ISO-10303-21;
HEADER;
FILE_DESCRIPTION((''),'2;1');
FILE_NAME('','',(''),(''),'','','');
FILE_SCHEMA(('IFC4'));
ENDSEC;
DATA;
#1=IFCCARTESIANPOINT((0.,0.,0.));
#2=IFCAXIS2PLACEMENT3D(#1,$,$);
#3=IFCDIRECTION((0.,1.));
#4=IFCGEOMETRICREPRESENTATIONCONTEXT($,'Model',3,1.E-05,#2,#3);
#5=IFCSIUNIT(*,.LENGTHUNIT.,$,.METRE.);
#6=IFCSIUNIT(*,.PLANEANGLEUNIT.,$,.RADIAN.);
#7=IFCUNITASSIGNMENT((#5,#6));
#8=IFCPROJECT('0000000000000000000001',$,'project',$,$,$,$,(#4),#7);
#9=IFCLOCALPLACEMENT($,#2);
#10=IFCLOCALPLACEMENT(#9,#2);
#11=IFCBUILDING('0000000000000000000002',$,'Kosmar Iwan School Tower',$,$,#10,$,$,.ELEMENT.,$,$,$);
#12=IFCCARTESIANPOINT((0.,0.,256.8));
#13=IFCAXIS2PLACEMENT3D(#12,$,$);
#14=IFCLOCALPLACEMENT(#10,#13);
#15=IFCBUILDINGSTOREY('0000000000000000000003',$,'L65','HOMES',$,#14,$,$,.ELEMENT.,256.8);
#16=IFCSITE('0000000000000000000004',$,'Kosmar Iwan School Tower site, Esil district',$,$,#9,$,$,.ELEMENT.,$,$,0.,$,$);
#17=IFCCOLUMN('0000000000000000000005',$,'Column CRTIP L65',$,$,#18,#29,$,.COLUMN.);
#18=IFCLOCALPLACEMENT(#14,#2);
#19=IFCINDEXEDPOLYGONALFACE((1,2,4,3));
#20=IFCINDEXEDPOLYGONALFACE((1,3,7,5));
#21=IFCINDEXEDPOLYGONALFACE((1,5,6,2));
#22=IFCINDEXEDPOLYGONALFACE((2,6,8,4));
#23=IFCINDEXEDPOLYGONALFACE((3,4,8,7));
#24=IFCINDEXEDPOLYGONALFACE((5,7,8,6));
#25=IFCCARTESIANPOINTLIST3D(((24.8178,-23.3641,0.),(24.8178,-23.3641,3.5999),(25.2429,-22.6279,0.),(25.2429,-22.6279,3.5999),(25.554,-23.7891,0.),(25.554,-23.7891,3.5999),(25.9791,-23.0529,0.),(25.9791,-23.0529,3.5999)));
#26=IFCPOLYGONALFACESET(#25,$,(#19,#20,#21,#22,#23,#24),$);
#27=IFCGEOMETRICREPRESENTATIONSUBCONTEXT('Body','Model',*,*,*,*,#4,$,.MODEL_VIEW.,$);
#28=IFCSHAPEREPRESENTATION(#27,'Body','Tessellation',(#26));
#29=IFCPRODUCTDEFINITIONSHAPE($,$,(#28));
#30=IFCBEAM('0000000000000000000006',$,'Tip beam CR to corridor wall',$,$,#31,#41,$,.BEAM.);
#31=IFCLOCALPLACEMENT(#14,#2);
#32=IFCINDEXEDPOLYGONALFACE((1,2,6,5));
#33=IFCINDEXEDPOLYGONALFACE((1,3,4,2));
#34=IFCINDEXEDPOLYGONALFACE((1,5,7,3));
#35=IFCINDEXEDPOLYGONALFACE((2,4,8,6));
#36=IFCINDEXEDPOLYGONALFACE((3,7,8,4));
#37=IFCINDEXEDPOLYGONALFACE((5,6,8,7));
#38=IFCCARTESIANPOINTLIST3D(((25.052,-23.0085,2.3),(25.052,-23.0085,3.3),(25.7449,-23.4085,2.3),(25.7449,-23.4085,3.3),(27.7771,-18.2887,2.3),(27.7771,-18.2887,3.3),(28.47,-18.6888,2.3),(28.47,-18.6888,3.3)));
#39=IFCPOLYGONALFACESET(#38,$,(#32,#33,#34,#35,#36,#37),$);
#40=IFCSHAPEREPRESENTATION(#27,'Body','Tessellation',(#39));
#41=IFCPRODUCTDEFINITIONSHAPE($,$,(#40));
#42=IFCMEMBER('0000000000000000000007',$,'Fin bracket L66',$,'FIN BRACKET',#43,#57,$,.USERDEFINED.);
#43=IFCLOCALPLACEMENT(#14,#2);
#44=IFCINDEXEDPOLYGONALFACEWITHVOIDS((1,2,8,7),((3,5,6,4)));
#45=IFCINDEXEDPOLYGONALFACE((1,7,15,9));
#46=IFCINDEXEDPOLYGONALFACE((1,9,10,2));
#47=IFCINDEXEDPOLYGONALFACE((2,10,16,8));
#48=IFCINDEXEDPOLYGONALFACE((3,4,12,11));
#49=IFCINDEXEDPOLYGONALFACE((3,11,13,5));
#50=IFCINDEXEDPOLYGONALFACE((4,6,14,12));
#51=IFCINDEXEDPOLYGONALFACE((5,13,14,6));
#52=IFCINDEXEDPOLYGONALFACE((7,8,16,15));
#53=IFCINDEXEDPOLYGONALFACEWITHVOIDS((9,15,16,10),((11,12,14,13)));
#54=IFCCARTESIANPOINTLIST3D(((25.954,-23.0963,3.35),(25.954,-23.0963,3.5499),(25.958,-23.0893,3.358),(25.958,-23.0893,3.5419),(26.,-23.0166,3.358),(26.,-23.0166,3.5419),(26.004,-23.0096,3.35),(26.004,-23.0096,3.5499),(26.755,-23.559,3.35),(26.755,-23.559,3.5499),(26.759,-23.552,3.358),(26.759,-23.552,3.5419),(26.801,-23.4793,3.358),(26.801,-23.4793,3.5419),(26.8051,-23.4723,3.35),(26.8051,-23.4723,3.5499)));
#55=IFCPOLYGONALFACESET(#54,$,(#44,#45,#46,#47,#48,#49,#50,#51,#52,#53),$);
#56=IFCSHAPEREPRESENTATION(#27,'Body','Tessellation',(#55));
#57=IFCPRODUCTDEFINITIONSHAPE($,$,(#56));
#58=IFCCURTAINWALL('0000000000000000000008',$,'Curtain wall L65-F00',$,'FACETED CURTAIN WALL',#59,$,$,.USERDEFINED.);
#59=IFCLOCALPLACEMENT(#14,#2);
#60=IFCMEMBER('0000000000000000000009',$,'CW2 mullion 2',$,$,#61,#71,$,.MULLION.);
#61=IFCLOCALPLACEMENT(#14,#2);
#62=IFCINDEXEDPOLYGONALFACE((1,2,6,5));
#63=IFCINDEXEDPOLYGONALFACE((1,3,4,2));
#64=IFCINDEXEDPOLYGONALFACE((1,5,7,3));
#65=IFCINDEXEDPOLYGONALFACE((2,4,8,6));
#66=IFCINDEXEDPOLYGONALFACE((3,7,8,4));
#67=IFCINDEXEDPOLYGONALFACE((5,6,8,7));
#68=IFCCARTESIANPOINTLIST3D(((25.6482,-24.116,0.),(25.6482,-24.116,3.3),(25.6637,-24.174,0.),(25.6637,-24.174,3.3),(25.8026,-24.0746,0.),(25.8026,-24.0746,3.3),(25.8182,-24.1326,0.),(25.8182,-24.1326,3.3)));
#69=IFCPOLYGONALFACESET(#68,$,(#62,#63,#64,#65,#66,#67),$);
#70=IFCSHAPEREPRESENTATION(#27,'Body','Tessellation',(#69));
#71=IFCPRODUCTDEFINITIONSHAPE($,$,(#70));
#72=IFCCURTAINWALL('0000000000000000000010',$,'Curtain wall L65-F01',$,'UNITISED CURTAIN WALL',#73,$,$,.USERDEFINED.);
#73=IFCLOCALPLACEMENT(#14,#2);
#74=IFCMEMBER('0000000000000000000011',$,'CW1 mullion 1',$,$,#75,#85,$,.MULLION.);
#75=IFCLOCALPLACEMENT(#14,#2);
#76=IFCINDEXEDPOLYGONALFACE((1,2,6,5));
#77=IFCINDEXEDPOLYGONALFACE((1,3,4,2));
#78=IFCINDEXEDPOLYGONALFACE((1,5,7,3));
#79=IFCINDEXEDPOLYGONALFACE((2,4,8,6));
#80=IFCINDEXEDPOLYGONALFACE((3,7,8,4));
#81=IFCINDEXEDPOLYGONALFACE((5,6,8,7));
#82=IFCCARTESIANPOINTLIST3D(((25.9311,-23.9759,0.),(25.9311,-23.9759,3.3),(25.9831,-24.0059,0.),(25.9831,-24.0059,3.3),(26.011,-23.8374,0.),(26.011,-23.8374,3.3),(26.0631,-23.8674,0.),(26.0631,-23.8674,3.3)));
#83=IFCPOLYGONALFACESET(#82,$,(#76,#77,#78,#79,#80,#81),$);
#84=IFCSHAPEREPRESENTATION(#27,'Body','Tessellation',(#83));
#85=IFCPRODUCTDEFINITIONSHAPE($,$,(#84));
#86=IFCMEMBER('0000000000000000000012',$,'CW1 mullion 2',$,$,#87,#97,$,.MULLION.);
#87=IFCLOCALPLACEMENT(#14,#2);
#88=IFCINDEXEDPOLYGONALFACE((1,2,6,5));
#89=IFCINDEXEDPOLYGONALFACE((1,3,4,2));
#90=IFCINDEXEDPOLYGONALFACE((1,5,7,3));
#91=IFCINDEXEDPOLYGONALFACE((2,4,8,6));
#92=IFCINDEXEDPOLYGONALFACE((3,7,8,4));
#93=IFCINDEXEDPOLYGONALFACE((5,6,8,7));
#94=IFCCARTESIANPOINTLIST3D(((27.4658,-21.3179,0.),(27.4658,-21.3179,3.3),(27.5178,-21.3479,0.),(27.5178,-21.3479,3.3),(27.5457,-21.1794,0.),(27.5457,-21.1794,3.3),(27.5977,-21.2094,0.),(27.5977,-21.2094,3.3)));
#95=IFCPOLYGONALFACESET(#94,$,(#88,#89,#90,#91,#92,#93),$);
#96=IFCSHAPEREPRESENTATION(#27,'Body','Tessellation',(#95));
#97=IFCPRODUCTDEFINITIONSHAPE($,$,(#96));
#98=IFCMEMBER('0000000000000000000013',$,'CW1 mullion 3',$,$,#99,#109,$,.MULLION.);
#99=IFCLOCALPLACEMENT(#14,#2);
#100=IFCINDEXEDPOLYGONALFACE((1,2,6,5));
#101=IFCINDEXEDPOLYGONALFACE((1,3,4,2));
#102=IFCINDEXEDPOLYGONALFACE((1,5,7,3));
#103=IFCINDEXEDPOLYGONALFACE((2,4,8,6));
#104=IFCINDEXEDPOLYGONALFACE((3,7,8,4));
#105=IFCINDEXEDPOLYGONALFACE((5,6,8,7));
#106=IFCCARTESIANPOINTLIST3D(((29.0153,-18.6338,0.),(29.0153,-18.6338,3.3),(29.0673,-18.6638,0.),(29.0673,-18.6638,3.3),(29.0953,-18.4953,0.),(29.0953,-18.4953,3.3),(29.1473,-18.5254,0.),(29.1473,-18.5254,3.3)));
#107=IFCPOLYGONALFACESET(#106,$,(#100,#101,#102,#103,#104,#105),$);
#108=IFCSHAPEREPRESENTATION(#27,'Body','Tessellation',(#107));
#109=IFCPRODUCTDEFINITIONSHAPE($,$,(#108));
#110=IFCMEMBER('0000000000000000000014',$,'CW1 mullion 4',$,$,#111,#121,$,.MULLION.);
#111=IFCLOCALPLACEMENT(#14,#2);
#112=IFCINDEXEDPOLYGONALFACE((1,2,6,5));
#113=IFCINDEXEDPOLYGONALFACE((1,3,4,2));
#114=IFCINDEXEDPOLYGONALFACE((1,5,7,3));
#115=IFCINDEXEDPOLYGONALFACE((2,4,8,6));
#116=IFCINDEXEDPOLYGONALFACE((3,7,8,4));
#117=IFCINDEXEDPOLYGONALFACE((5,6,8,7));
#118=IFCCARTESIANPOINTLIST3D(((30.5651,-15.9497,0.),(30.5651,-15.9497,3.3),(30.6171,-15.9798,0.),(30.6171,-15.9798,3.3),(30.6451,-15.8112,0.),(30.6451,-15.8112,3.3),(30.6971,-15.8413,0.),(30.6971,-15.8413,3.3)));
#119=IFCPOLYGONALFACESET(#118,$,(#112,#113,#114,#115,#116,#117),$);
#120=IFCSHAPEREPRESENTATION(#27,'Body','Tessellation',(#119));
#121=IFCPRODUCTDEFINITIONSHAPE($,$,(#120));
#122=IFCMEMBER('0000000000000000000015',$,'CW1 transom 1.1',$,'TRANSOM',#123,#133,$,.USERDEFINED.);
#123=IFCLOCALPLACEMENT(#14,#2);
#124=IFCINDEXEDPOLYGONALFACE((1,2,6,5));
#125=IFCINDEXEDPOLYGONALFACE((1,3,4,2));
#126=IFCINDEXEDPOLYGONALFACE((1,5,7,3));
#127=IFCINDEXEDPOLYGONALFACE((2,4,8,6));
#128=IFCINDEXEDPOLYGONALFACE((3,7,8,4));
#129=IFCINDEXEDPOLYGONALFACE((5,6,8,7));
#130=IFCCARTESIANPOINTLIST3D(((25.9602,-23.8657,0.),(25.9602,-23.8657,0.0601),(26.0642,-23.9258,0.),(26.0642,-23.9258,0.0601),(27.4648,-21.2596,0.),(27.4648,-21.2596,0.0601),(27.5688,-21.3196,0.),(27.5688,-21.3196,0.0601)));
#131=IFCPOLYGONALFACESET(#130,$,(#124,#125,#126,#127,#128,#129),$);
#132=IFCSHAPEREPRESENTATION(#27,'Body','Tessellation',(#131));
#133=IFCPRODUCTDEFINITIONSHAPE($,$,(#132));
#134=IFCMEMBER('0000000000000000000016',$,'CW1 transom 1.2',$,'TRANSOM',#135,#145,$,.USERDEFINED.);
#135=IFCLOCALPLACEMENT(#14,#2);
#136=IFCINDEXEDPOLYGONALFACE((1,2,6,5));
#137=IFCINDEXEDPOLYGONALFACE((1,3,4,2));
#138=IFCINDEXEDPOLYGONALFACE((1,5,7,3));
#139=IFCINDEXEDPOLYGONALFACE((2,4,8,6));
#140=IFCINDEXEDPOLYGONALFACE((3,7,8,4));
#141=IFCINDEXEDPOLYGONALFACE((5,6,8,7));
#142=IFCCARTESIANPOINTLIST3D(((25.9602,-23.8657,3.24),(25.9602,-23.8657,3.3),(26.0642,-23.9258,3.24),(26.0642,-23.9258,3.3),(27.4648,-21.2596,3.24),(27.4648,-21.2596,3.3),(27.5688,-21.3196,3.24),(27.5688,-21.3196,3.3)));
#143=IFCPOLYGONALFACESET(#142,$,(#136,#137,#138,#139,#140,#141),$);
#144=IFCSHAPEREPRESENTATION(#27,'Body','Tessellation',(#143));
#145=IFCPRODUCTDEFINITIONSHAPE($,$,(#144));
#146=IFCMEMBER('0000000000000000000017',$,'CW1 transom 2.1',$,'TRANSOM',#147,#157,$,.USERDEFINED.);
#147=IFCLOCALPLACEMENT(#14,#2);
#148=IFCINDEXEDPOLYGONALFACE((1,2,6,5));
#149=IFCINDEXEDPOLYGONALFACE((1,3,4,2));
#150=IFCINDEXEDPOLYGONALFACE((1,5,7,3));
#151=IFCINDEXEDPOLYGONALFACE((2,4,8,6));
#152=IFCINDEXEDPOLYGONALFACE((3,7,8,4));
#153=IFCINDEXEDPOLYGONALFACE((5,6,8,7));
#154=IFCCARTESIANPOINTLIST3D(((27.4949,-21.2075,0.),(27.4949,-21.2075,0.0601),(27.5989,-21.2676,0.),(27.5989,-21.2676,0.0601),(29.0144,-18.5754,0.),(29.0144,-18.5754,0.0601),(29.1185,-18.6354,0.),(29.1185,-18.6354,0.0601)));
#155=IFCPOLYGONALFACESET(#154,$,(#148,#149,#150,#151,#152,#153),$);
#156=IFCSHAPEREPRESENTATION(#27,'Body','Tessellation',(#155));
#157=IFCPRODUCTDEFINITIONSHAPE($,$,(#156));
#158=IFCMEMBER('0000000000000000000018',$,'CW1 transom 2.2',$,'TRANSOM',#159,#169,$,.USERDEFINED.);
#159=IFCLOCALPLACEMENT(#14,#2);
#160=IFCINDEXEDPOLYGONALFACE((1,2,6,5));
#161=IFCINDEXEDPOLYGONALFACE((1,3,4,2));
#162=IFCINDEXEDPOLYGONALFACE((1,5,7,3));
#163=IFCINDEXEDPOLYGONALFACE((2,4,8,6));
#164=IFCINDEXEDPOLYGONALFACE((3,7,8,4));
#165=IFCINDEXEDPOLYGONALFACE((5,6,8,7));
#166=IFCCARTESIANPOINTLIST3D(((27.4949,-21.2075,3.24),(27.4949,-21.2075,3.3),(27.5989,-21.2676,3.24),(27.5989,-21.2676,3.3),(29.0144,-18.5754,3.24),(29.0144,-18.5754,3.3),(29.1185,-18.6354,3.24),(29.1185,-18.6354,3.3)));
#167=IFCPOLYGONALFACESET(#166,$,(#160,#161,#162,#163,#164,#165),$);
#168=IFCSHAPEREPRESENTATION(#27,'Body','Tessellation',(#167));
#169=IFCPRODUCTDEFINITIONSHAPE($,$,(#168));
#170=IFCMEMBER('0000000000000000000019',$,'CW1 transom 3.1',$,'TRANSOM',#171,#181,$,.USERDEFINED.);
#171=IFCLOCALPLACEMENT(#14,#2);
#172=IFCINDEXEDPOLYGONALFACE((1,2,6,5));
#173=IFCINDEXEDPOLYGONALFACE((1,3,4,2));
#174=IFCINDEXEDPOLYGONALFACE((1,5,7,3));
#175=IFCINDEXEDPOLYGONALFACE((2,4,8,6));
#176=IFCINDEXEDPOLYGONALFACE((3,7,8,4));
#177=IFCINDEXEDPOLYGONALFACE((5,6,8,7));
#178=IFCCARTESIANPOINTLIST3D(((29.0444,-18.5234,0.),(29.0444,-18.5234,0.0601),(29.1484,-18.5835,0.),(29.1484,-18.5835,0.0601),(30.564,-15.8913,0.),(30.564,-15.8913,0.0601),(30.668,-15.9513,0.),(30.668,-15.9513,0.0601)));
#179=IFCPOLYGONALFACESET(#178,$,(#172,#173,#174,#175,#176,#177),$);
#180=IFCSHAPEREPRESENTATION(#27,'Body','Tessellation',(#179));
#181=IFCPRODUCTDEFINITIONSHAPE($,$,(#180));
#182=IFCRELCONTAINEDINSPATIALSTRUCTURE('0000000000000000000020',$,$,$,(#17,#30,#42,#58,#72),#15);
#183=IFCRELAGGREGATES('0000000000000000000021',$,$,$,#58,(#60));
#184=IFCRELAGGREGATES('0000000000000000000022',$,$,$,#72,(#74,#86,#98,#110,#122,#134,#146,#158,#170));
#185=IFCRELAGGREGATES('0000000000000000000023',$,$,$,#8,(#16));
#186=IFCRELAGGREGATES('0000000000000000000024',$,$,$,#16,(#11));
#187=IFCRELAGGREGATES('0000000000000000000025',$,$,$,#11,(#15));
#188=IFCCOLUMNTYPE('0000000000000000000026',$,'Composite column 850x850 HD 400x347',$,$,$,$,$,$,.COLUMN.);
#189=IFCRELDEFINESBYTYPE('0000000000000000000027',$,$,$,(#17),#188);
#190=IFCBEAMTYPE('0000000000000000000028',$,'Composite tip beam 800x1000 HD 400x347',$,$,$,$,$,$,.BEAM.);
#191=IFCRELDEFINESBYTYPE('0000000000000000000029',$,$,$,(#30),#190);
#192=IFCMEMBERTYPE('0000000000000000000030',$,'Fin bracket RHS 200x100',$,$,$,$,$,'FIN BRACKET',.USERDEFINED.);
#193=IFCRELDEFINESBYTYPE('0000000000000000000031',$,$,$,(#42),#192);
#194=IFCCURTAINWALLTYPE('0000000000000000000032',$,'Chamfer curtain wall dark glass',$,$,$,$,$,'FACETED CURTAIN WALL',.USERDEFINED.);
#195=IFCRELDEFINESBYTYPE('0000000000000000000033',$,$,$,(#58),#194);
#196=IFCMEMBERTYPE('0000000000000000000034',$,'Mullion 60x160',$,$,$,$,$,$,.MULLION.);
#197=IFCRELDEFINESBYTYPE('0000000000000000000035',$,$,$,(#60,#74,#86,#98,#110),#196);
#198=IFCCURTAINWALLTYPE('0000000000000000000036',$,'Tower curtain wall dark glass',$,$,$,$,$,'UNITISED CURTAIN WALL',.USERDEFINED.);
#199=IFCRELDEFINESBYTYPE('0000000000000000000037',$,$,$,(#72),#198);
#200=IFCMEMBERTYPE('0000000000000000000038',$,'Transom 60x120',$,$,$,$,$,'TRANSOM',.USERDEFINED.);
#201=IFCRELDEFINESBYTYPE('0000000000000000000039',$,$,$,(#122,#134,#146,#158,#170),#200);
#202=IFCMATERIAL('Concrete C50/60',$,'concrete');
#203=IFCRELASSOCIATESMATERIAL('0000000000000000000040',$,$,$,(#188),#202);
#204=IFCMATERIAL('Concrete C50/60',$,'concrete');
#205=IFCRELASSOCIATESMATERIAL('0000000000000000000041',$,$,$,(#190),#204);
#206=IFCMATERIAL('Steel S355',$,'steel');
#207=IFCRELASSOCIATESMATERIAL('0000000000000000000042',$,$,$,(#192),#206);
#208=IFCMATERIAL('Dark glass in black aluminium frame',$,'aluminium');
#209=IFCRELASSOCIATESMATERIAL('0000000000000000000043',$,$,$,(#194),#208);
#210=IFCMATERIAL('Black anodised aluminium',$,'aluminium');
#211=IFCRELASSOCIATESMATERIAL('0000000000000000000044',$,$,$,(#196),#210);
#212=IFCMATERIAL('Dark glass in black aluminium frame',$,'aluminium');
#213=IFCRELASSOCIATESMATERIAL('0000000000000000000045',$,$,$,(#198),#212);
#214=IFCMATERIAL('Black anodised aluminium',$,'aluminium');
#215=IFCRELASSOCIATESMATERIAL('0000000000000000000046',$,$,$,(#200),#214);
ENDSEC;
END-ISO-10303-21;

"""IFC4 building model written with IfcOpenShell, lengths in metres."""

from ifc_helpers import new_model, si_unit, direction, frame, origin, origin_2d, place, context, subcontext, project, spatial, rectangle, hollow_rectangle, extrude, material, material_profile, profile_set, type_object, element, aggregate, save


model = new_model("IFC4")

# Units and contexts
model_context = context("Model", 3, precision=1e-05, world=origin(), true_north=direction((0.0, 1.0)))
body_context = subcontext(model_context, "Body", "Model", "MODEL_VIEW")
ifc_project = project(units=[si_unit("LENGTHUNIT", "METRE"), si_unit("PLANEANGLEUNIT", "RADIAN")], contexts=[model_context])

# Site, building, storey
site_placement = place(None, origin())
site = spatial("IfcSite", under=ifc_project, at=site_placement, Name="Kosmar Iwan School Tower site, Esil district", CompositionType="ELEMENT", RefElevation=0.0)
building_placement = place(site_placement, origin())
building = spatial("IfcBuilding", under=site, at=building_placement, Name="Kosmar Iwan School Tower", CompositionType="ELEMENT")
storey_placement = place(building_placement, frame((0.0, 0.0, 256.8)))
storey = spatial("IfcBuildingStorey", under=building, at=storey_placement, Name="L65", Description="HOMES", CompositionType="ELEMENT", Elevation=256.8)

# Column
ifc_material_1 = material(Name="Concrete C50/60", Category="concrete")
ifc_material_profile_1 = material_profile(ifc_material_1, rectangle(XDim=0.8501, YDim=0.8501, at=origin_2d()), Name="RC 850x850 + HD 400x347")
ifc_profile_set_1 = profile_set([ifc_material_profile_1], Name="Concrete C50/60")
column_type = type_object("IfcColumnType", Name="Composite column 850x850 HD 400x347", PredefinedType="COLUMN", material=ifc_profile_set_1)
column_placement = place(storey_placement, frame((25.3984, -23.2085, 0.0), z_axis=(0.0, 0.0, 1.0), x_axis=(0.866025, -0.5, 0.0)))
element("IfcColumn", 1, at=column_placement, inside=storey, type_object=column_type, Name="Column CRTIP L65", PredefinedType="COLUMN", context=body_context, shape_type="SweptSolid", body=[
    extrude(rectangle(XDim=0.8501, YDim=0.8501, at=origin_2d()), origin(), (0.0, 0.0, 1.0), 3.5999),
])

# Beam
ifc_material_2 = material(Name="Concrete C50/60", Category="concrete")
ifc_material_profile_2 = material_profile(ifc_material_2, rectangle(XDim=0.8, YDim=1.0, at=origin_2d()), Name="RC 800x1000 + HD 400x347")
ifc_profile_set_2 = profile_set([ifc_material_profile_2], Name="Concrete C50/60")
beam_type = type_object("IfcBeamType", Name="Composite tip beam 800x1000 HD 400x347", PredefinedType="BEAM", material=ifc_profile_set_2)
beam_placement = place(storey_placement, frame((25.3984, -23.2085, 2.8), z_axis=(0.500022, 0.866013, 0.0), x_axis=(-0.866013, 0.500022, 0.0)))
element("IfcBeam", 2, at=beam_placement, inside=storey, type_object=beam_type, Name="Tip beam CR to corridor wall", PredefinedType="BEAM", context=body_context, shape_type="SweptSolid", body=[
    extrude(rectangle(XDim=0.8, YDim=1.0, at=origin_2d()), origin(), (0.0, 0.0, 1.0), 5.45),
])

# Member
ifc_material_3 = material(Name="Steel S355", Category="steel")
ifc_material_profile_3 = material_profile(ifc_material_3, hollow_rectangle(XDim=0.1001, YDim=0.2, WallThickness=0.0081, at=origin_2d()), Name="RHS 200x100x8")
ifc_profile_set_3 = profile_set([ifc_material_profile_3], Name="Steel S355")
member_type_1 = type_object("IfcMemberType", Name="Fin bracket RHS 200x100", ElementType="FIN BRACKET", PredefinedType="USERDEFINED", material=ifc_profile_set_3)
member_1_placement = place(storey_placement, frame((25.979, -23.053, 3.45), z_axis=(0.865944, -0.500141, 0.0), x_axis=(0.500141, 0.865944, 0.0)))
element("IfcMember", 3, at=member_1_placement, inside=storey, type_object=member_type_1, Name="Fin bracket L66", ObjectType="FIN BRACKET", PredefinedType="USERDEFINED", context=body_context, shape_type="SweptSolid", body=[
    extrude(hollow_rectangle(XDim=0.1001, YDim=0.2, WallThickness=0.0081, at=origin_2d()), origin(), (0.0, 0.0, 1.0), 0.925),
])

# Curtain wall, member
ifc_material_4 = material(Name="Dark glass in black aluminium frame", Category="aluminium")
curtain_wall_type_1 = type_object("IfcCurtainWallType", Name="Chamfer curtain wall dark glass", ElementType="FACETED CURTAIN WALL", PredefinedType="USERDEFINED", material=ifc_material_4)
curtain_wall_1_placement = place(storey_placement, origin())
curtain_wall_1 = element("IfcCurtainWall", 4, at=curtain_wall_1_placement, inside=storey, type_object=curtain_wall_type_1, Name="Curtain wall L65-F00", ObjectType="FACETED CURTAIN WALL", PredefinedType="USERDEFINED")
ifc_material_5 = material(Name="Black anodised aluminium", Category="aluminium")
ifc_material_profile_4 = material_profile(ifc_material_5, rectangle(XDim=0.0601, YDim=0.1599, at=origin_2d()), Name="MULLION 60x160")
ifc_profile_set_4 = profile_set([ifc_material_profile_4], Name="Black anodised aluminium")
member_type_2 = type_object("IfcMemberType", Name="Mullion 60x160", PredefinedType="MULLION", material=ifc_profile_set_4)
member_2_placement = place(storey_placement, frame((25.7332, -24.1243, 0.0), z_axis=(0.0, 0.0, 1.0), x_axis=(-0.258819, 0.965926, 0.0)))
member_2 = element("IfcMember", 5, at=member_2_placement, type_object=member_type_2, Name="CW2 mullion 2", PredefinedType="MULLION", context=body_context, shape_type="SweptSolid", body=[
    extrude(rectangle(XDim=0.0601, YDim=0.1599, at=origin_2d()), origin(), (0.0, 0.0, 1.0), 3.3),
])

# Curtain wall, members
ifc_material_6 = material(Name="Dark glass in black aluminium frame", Category="aluminium")
curtain_wall_type_2 = type_object("IfcCurtainWallType", Name="Tower curtain wall dark glass", ElementType="UNITISED CURTAIN WALL", PredefinedType="USERDEFINED", material=ifc_material_6)
curtain_wall_2_placement = place(storey_placement, origin())
curtain_wall_2 = element("IfcCurtainWall", 6, at=curtain_wall_2_placement, inside=storey, type_object=curtain_wall_type_2, Name="Curtain wall L65-F01", ObjectType="UNITISED CURTAIN WALL", PredefinedType="USERDEFINED")
member_3_placement = place(storey_placement, frame((25.9971, -23.9216, 0.0), z_axis=(0.0, 0.0, 1.0), x_axis=(-0.866025, 0.5, 0.0)))
member_3 = element("IfcMember", 7, at=member_3_placement, type_object=member_type_2, Name="CW1 mullion 1", PredefinedType="MULLION", context=body_context, shape_type="SweptSolid", body=[
    extrude(rectangle(XDim=0.0601, YDim=0.1599, at=origin_2d()), origin(), (0.0, 0.0, 1.0), 3.3),
])
member_4_placement = place(storey_placement, frame((27.5317, -21.2637, 0.0), z_axis=(0.0, 0.0, 1.0), x_axis=(-0.866025, 0.5, 0.0)))
member_4 = element("IfcMember", 8, at=member_4_placement, type_object=member_type_2, Name="CW1 mullion 2", PredefinedType="MULLION", context=body_context, shape_type="SweptSolid", body=[
    extrude(rectangle(XDim=0.0601, YDim=0.1599, at=origin_2d()), origin(), (0.0, 0.0, 1.0), 3.3),
])
member_5_placement = place(storey_placement, frame((29.0813, -18.5796, 0.0), z_axis=(0.0, 0.0, 1.0), x_axis=(-0.866025, 0.5, 0.0)))
member_5 = element("IfcMember", 9, at=member_5_placement, type_object=member_type_2, Name="CW1 mullion 3", PredefinedType="MULLION", context=body_context, shape_type="SweptSolid", body=[
    extrude(rectangle(XDim=0.0601, YDim=0.1599, at=origin_2d()), origin(), (0.0, 0.0, 1.0), 3.3),
])
member_6_placement = place(storey_placement, frame((30.6311, -15.8955, 0.0), z_axis=(0.0, 0.0, 1.0), x_axis=(-0.866025, 0.5, 0.0)))
member_6 = element("IfcMember", 10, at=member_6_placement, type_object=member_type_2, Name="CW1 mullion 4", PredefinedType="MULLION", context=body_context, shape_type="SweptSolid", body=[
    extrude(rectangle(XDim=0.0601, YDim=0.1599, at=origin_2d()), origin(), (0.0, 0.0, 1.0), 3.3),
])
ifc_material_7 = material(Name="Black anodised aluminium", Category="aluminium")
ifc_material_profile_5 = material_profile(ifc_material_7, rectangle(XDim=0.1201, YDim=0.0601, at=origin_2d()), Name="TRANSOM 60x120")
ifc_profile_set_5 = profile_set([ifc_material_profile_5], Name="Black anodised aluminium")
member_type_3 = type_object("IfcMemberType", Name="Transom 60x120", ElementType="TRANSOM", PredefinedType="USERDEFINED", material=ifc_profile_set_5)
member_7_placement = place(storey_placement, frame((26.0122, -23.8958, 0.03), z_axis=(0.499987, 0.866033, 0.0), x_axis=(-0.866033, 0.499987, 0.0)))
member_7 = element("IfcMember", 11, at=member_7_placement, type_object=member_type_3, Name="CW1 transom 1.1", ObjectType="TRANSOM", PredefinedType="USERDEFINED", context=body_context, shape_type="SweptSolid", body=[
    extrude(rectangle(XDim=0.1201, YDim=0.0601, at=origin_2d()), origin(), (0.0, 0.0, 1.0), 3.0093),
])
member_8_placement = place(storey_placement, frame((26.0122, -23.8958, 3.27), z_axis=(0.499987, 0.866033, 0.0), x_axis=(-0.866033, 0.499987, 0.0)))
member_8 = element("IfcMember", 12, at=member_8_placement, type_object=member_type_3, Name="CW1 transom 1.2", ObjectType="TRANSOM", PredefinedType="USERDEFINED", context=body_context, shape_type="SweptSolid", body=[
    extrude(rectangle(XDim=0.1201, YDim=0.0601, at=origin_2d()), origin(), (0.0, 0.0, 1.0), 3.0093),
])
member_9_placement = place(storey_placement, frame((27.5469, -21.2375, 0.03), z_axis=(0.499975, 0.86604, 0.0), x_axis=(-0.86604, 0.499975, 0.0)))
member_9 = element("IfcMember", 13, at=member_9_placement, type_object=member_type_3, Name="CW1 transom 2.1", ObjectType="TRANSOM", PredefinedType="USERDEFINED", context=body_context, shape_type="SweptSolid", body=[
    extrude(rectangle(XDim=0.1201, YDim=0.0601, at=origin_2d()), origin(), (0.0, 0.0, 1.0), 3.0393),
])
member_10_placement = place(storey_placement, frame((27.5469, -21.2375, 3.27), z_axis=(0.499975, 0.86604, 0.0), x_axis=(-0.86604, 0.499975, 0.0)))
member_10 = element("IfcMember", 14, at=member_10_placement, type_object=member_type_3, Name="CW1 transom 2.2", ObjectType="TRANSOM", PredefinedType="USERDEFINED", context=body_context, shape_type="SweptSolid", body=[
    extrude(rectangle(XDim=0.1201, YDim=0.0601, at=origin_2d()), origin(), (0.0, 0.0, 1.0), 3.0393),
])
member_11_placement = place(storey_placement, frame((29.0964, -18.5535, 0.03), z_axis=(0.499975, 0.86604, 0.0), x_axis=(-0.86604, 0.499975, 0.0)))
member_11 = element("IfcMember", 15, at=member_11_placement, type_object=member_type_3, Name="CW1 transom 3.1", ObjectType="TRANSOM", PredefinedType="USERDEFINED", context=body_context, shape_type="SweptSolid", body=[
    extrude(rectangle(XDim=0.1201, YDim=0.0601, at=origin_2d()), origin(), (0.0, 0.0, 1.0), 3.0393),
])

aggregate(curtain_wall_1, [member_2])
aggregate(curtain_wall_2, [member_3, member_4, member_5, member_6, member_7, member_8, member_9, member_10, member_11])

save(model, "model.ifc")
